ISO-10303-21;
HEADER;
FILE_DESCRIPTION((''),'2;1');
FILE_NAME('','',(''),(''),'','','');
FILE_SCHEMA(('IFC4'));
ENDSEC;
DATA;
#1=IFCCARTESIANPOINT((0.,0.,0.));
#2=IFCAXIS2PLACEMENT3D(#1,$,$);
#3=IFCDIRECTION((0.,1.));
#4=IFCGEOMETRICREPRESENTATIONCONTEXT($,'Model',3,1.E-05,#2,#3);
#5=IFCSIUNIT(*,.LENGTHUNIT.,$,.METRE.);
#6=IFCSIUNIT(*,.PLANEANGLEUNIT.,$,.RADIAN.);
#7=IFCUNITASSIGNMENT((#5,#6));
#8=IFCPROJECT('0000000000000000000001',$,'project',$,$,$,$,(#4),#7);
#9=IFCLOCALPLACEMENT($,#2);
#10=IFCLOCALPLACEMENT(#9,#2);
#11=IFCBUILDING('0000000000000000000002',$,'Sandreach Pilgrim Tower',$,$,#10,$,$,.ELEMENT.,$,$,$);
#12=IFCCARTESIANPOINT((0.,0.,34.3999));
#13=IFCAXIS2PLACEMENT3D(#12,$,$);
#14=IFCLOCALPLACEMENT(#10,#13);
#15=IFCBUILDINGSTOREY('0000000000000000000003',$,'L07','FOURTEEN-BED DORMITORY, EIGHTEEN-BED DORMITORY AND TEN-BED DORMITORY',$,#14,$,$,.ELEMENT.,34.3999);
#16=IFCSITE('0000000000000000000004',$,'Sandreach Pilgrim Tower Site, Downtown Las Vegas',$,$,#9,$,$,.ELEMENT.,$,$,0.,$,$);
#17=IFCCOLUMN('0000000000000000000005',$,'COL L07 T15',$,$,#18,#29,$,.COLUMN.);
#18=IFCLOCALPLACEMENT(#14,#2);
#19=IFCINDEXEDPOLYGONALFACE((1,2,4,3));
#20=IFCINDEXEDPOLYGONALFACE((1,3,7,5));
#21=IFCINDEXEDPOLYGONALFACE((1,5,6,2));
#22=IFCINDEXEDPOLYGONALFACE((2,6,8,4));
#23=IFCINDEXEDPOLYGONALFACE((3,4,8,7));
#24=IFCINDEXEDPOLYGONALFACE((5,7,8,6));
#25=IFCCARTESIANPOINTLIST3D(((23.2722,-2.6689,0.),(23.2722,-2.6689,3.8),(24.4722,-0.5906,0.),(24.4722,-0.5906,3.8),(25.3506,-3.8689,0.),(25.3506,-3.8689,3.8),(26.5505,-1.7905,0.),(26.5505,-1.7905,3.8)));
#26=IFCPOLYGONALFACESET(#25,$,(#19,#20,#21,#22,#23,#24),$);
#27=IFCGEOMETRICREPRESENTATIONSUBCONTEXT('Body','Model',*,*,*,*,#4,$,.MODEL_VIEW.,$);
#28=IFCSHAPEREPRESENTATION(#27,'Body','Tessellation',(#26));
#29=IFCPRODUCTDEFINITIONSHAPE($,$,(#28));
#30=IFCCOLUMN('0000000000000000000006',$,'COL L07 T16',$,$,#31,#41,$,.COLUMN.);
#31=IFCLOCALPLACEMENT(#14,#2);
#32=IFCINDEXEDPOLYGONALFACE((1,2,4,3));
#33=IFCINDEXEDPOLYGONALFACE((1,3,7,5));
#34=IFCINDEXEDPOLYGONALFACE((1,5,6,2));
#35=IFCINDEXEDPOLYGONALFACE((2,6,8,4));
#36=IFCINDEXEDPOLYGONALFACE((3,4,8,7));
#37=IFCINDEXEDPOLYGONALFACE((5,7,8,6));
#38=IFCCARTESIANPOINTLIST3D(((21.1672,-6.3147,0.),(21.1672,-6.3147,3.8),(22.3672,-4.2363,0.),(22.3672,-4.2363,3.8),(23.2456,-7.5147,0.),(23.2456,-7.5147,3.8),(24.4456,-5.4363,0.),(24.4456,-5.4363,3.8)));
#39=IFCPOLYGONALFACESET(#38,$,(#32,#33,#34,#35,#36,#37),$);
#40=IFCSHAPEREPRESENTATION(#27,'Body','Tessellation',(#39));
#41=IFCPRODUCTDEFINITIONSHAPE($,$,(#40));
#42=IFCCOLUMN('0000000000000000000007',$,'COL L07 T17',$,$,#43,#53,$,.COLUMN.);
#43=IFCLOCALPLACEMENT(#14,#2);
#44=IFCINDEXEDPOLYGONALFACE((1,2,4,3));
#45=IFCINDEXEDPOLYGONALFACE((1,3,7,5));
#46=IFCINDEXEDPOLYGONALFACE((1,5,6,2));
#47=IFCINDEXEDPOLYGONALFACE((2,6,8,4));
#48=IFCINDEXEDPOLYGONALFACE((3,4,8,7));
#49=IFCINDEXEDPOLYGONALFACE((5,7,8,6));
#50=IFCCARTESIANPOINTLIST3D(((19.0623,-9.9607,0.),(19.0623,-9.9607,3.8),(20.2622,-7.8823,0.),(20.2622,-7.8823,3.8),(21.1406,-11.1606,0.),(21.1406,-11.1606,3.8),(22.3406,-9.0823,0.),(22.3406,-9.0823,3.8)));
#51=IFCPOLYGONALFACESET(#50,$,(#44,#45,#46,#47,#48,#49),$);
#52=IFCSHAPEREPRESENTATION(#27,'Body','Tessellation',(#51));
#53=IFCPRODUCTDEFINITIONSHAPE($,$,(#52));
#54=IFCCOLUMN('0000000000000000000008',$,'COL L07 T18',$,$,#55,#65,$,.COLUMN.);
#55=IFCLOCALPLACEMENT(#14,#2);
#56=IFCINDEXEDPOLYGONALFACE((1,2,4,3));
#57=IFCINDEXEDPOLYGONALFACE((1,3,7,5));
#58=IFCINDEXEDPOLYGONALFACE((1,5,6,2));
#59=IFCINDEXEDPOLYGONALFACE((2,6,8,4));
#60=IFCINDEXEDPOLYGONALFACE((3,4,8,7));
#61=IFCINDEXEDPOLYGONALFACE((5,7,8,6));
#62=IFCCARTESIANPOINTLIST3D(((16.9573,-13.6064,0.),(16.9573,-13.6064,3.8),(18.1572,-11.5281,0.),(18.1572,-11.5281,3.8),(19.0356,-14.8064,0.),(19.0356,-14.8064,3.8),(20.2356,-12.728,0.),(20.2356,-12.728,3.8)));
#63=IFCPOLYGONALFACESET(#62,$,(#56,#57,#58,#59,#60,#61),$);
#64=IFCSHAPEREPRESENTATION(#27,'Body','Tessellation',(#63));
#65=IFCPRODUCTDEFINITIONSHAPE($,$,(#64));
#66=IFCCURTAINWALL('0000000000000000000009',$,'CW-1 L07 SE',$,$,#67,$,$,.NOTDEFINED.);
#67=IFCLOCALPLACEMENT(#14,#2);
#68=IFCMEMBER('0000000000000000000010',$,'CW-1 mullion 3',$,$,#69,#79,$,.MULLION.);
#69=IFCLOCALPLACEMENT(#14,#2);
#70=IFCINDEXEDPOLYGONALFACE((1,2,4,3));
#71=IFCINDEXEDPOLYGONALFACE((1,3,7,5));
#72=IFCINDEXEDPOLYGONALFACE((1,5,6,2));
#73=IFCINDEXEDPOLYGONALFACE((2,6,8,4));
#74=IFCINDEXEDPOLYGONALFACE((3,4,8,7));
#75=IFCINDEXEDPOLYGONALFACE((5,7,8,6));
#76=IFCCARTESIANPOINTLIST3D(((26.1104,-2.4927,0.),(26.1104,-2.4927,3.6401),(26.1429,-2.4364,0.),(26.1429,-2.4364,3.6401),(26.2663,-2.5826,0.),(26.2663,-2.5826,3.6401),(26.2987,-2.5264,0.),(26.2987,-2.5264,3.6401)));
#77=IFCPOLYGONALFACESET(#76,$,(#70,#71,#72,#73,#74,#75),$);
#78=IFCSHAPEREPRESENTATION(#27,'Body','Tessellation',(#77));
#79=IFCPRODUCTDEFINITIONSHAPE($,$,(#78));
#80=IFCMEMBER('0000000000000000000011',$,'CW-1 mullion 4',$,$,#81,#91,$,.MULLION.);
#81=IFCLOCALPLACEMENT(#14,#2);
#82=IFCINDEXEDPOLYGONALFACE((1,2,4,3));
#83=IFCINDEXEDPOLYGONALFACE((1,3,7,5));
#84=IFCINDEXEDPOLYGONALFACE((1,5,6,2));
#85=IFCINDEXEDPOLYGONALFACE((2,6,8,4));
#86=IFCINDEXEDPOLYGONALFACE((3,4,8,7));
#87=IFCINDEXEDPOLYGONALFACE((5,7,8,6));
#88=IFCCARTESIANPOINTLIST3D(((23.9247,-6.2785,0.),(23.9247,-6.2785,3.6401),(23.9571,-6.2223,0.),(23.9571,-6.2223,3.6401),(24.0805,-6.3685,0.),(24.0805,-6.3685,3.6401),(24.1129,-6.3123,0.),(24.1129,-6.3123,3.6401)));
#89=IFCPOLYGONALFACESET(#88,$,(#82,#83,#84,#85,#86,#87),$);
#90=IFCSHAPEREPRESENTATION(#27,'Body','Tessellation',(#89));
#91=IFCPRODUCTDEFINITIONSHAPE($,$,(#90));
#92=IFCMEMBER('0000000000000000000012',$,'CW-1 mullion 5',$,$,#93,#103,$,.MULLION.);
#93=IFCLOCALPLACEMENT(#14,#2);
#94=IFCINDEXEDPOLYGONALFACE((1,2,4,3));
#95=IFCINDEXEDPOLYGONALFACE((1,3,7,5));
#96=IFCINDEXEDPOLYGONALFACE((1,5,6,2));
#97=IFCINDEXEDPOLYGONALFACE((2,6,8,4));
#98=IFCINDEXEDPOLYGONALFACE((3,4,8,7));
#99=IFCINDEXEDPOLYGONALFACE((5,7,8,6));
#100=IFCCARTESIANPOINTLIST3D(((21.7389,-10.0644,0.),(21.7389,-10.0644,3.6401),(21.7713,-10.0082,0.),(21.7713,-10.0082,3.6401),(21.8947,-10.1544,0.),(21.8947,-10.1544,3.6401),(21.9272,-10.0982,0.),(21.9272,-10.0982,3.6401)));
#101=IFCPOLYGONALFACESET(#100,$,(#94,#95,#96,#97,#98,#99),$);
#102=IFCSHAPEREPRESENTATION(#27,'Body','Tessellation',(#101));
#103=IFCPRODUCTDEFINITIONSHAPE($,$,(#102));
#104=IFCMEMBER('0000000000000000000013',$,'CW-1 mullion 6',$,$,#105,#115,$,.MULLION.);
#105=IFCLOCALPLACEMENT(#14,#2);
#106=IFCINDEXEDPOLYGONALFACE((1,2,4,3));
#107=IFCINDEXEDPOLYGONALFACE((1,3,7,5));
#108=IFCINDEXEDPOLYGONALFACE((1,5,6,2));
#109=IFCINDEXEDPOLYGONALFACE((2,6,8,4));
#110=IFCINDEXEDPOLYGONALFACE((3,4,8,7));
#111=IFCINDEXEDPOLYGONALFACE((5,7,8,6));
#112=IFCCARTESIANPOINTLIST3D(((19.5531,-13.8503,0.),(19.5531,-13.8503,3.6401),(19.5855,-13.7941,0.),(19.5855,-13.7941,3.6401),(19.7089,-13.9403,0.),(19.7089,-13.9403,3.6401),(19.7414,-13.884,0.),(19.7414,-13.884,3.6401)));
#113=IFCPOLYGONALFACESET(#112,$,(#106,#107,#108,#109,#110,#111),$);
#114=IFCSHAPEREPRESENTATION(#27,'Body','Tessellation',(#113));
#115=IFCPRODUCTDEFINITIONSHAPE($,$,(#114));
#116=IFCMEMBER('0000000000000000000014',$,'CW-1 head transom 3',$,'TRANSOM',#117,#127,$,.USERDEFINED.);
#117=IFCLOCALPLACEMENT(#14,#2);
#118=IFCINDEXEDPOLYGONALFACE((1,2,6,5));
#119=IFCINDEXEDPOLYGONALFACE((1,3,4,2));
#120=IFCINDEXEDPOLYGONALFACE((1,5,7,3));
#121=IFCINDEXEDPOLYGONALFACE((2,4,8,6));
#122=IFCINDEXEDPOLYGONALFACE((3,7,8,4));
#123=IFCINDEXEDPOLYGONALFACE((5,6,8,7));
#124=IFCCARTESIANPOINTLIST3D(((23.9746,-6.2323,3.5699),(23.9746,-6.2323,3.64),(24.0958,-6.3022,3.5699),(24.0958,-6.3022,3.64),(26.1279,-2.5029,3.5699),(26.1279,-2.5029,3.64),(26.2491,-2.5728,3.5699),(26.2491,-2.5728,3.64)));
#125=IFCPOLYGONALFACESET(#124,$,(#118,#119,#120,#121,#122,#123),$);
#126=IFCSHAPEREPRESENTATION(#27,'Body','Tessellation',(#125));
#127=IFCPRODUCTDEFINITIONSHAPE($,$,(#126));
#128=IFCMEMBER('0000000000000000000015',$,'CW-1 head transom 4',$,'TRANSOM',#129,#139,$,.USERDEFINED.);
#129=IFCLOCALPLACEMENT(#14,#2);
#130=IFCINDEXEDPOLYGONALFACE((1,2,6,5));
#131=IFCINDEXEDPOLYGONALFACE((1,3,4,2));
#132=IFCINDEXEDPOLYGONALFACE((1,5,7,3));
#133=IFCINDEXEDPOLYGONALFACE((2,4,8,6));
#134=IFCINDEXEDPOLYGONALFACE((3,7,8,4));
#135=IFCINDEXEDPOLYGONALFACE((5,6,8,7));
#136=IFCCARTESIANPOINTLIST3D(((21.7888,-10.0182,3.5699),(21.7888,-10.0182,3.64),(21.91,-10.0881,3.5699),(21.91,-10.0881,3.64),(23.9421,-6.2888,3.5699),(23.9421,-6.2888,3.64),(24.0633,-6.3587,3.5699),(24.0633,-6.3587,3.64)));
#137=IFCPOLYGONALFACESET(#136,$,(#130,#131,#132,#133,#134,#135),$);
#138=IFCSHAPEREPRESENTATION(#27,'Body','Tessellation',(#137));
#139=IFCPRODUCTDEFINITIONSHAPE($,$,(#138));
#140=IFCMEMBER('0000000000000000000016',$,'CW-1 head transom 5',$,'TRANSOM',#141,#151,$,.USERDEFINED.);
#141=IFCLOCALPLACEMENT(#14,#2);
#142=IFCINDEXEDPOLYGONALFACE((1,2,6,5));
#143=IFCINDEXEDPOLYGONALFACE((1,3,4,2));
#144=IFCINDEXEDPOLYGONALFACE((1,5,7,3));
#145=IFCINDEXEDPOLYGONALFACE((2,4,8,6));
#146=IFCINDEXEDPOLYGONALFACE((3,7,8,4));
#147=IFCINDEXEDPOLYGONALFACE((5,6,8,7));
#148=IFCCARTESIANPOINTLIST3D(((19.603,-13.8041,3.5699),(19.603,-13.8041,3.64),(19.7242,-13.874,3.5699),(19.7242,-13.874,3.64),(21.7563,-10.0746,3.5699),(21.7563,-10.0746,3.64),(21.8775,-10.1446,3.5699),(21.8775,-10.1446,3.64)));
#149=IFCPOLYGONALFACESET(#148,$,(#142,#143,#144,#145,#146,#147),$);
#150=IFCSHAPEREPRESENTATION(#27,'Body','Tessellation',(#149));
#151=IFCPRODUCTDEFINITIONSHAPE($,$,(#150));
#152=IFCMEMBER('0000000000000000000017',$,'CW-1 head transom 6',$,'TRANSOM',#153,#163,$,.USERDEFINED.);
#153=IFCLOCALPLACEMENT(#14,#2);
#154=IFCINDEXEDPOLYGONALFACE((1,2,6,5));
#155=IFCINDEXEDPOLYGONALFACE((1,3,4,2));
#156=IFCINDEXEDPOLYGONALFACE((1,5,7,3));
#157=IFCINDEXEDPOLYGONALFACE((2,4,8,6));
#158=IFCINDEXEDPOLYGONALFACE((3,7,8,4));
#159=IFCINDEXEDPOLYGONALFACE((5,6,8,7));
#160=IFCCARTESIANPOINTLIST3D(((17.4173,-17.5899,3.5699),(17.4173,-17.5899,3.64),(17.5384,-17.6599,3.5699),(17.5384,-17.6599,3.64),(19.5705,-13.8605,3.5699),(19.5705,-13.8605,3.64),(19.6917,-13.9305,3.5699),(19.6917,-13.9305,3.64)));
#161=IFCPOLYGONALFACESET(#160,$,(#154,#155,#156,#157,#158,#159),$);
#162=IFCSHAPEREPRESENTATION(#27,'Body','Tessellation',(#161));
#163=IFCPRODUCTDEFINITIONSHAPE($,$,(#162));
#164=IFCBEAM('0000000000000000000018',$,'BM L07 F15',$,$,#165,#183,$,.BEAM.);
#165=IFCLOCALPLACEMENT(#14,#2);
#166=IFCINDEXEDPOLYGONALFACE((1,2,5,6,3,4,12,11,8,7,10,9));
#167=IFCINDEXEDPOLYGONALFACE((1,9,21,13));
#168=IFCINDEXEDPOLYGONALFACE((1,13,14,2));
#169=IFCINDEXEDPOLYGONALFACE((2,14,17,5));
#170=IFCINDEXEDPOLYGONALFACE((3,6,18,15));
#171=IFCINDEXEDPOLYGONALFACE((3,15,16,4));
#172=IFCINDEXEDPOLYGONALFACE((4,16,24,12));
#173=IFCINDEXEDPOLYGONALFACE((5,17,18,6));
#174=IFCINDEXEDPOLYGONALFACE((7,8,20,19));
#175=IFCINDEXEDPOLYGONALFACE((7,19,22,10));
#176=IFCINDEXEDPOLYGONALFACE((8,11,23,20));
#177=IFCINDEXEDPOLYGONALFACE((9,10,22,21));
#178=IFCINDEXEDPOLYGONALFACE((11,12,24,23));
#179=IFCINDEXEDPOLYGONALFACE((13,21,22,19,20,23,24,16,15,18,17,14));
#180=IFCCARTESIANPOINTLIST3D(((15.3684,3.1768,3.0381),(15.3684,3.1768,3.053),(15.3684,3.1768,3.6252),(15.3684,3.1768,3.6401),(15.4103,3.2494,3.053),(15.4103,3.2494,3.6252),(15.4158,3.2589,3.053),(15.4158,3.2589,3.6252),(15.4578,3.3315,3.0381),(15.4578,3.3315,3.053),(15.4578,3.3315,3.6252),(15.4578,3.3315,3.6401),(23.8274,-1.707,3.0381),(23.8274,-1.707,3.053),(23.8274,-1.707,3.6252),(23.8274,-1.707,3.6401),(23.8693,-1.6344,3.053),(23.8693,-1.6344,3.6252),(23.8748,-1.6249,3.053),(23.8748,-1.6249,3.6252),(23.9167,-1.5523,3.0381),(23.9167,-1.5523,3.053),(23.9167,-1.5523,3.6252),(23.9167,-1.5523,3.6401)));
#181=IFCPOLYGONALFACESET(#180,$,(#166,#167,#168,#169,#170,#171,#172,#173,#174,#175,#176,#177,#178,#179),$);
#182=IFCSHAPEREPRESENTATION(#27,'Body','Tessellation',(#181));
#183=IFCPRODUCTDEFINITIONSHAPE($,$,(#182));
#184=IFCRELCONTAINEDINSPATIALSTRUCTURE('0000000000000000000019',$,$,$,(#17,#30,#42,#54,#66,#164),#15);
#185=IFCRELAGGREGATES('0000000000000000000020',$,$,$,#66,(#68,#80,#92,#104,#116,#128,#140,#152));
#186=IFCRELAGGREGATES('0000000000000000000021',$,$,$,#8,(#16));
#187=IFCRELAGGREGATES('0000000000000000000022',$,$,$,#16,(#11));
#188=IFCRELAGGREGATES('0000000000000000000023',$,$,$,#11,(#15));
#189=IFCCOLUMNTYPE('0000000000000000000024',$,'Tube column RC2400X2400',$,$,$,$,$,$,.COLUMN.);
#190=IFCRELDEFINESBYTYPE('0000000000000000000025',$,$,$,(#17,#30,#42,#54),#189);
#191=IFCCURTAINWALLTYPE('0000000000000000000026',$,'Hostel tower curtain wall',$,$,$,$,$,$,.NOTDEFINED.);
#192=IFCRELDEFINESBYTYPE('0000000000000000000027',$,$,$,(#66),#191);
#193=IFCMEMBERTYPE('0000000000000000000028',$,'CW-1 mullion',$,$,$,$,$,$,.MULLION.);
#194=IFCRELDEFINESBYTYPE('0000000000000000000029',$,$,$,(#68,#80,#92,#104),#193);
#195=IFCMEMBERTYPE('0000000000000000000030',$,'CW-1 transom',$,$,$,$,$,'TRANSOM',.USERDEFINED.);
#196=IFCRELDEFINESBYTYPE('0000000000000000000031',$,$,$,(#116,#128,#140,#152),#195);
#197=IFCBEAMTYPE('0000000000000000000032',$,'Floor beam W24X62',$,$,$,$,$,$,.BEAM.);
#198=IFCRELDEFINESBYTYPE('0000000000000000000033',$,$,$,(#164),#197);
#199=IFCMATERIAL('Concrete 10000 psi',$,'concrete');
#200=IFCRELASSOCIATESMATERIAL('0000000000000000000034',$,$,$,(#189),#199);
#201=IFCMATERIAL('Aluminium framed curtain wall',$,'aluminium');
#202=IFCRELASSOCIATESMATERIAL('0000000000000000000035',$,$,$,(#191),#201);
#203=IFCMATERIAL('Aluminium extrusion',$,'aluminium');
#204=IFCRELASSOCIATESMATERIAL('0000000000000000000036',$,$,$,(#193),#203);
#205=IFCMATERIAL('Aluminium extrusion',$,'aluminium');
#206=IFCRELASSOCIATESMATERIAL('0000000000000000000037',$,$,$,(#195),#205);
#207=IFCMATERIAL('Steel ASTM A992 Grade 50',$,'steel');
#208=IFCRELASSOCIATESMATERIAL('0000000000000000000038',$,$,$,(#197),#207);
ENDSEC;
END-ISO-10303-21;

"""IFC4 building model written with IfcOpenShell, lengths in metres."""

from ifc_helpers import new_model, si_unit, direction, frame, origin, origin_2d, place, context, subcontext, project, spatial, rectangle, i_section, extrude, material, material_profile, profile_set, type_object, element, aggregate, save


model = new_model("IFC4")

# Units and contexts
model_context = context("Model", 3, precision=1e-05, world=origin(), true_north=direction((0.0, 1.0)))
body_context = subcontext(model_context, "Body", "Model", "MODEL_VIEW")
ifc_project = project(units=[si_unit("LENGTHUNIT", "METRE"), si_unit("PLANEANGLEUNIT", "RADIAN")], contexts=[model_context])

# Site, building, storey
site_placement = place(None, origin())
site = spatial("IfcSite", under=ifc_project, at=site_placement, Name="Sandreach Pilgrim Tower Site, Downtown Las Vegas", CompositionType="ELEMENT", RefElevation=0.0)
building_placement = place(site_placement, origin())
building = spatial("IfcBuilding", under=site, at=building_placement, Name="Sandreach Pilgrim Tower", CompositionType="ELEMENT")
storey_placement = place(building_placement, frame((0.0, 0.0, 34.3999)))
storey = spatial("IfcBuildingStorey", under=building, at=storey_placement, Name="L07", Description="FOURTEEN-BED DORMITORY, EIGHTEEN-BED DORMITORY AND TEN-BED DORMITORY", CompositionType="ELEMENT", Elevation=34.3999)

# Columns
ifc_material_1 = material(Name="Concrete 10000 psi", Category="concrete")
ifc_material_profile_1 = material_profile(ifc_material_1, rectangle(XDim=2.3999, YDim=2.3999, at=origin_2d()), Name="RC2400X2400")
ifc_profile_set_1 = profile_set([ifc_material_profile_1], Name="Concrete 10000 psi")
column_type = type_object("IfcColumnType", Name="Tube column RC2400X2400", PredefinedType="COLUMN", material=ifc_profile_set_1)
for number, where, z_axis, x_axis, name in (
    (1, (24.9114, -2.2297, 0.0), (0.0, 0.0, 1.0), (0.866025, -0.5, 0.0), "COL L07 T15"),
    (2, (22.8064, -5.8755, 0.0), (0.0, 0.0, 1.0), (0.866025, -0.5, 0.0), "COL L07 T16"),
    (3, (20.7014, -9.5215, 0.0), (0.0, 0.0, 1.0), (0.866025, -0.5, 0.0), "COL L07 T17"),
    (4, (18.5964, -13.1672, 0.0), (0.0, 0.0, 1.0), (0.866025, -0.5, 0.0), "COL L07 T18"),
):
    element("IfcColumn", number, at=place(storey_placement, frame(where, z_axis=z_axis, x_axis=x_axis)), inside=storey, type_object=column_type, Name=name, PredefinedType="COLUMN", context=body_context, shape_type="SweptSolid", body=[
        extrude(rectangle(XDim=2.3999, YDim=2.3999, at=origin_2d()), origin(), (0.0, 0.0, 1.0), 3.8),
    ])

# Curtain wall, members
ifc_material_2 = material(Name="Aluminium framed curtain wall", Category="aluminium")
curtain_wall_type = type_object("IfcCurtainWallType", Name="Hostel tower curtain wall", PredefinedType="NOTDEFINED", material=ifc_material_2)
curtain_wall_placement = place(storey_placement, origin())
curtain_wall = element("IfcCurtainWall", 5, at=curtain_wall_placement, inside=storey, type_object=curtain_wall_type, Name="CW-1 L07 SE", PredefinedType="NOTDEFINED")
ifc_material_3 = material(Name="Aluminium extrusion", Category="aluminium")
ifc_material_profile_2 = material_profile(ifc_material_3, rectangle(XDim=0.0649, YDim=0.1799, at=origin_2d()), Name="CW-1M 65X180")
ifc_profile_set_2 = profile_set([ifc_material_profile_2], Name="Aluminium extrusion")
member_type_1 = type_object("IfcMemberType", Name="CW-1 mullion", PredefinedType="MULLION", material=ifc_profile_set_2)
member_1_placement = place(storey_placement, frame((26.2046, -2.5095, 0.0), z_axis=(0.0, 0.0, 1.0), x_axis=(-0.5, -0.866025, 0.0)))
member_1 = element("IfcMember", 6, at=member_1_placement, type_object=member_type_1, Name="CW-1 mullion 3", PredefinedType="MULLION", context=body_context, shape_type="SweptSolid", body=[
    extrude(rectangle(XDim=0.0649, YDim=0.1799, at=origin_2d()), origin(), (0.0, 0.0, 1.0), 3.6401),
])
member_2_placement = place(storey_placement, frame((24.0188, -6.2954, 0.0), z_axis=(0.0, 0.0, 1.0), x_axis=(-0.5, -0.866025, 0.0)))
member_2 = element("IfcMember", 7, at=member_2_placement, type_object=member_type_1, Name="CW-1 mullion 4", PredefinedType="MULLION", context=body_context, shape_type="SweptSolid", body=[
    extrude(rectangle(XDim=0.0649, YDim=0.1799, at=origin_2d()), origin(), (0.0, 0.0, 1.0), 3.6401),
])
member_3_placement = place(storey_placement, frame((21.833, -10.0813, 0.0), z_axis=(0.0, 0.0, 1.0), x_axis=(-0.5, -0.866025, 0.0)))
member_3 = element("IfcMember", 8, at=member_3_placement, type_object=member_type_1, Name="CW-1 mullion 5", PredefinedType="MULLION", context=body_context, shape_type="SweptSolid", body=[
    extrude(rectangle(XDim=0.0649, YDim=0.1799, at=origin_2d()), origin(), (0.0, 0.0, 1.0), 3.6401),
])
member_4_placement = place(storey_placement, frame((19.6472, -13.8672, 0.0), z_axis=(0.0, 0.0, 1.0), x_axis=(-0.5, -0.866025, 0.0)))
member_4 = element("IfcMember", 9, at=member_4_placement, type_object=member_type_1, Name="CW-1 mullion 6", PredefinedType="MULLION", context=body_context, shape_type="SweptSolid", body=[
    extrude(rectangle(XDim=0.0649, YDim=0.1799, at=origin_2d()), origin(), (0.0, 0.0, 1.0), 3.6401),
])
ifc_material_4 = material(Name="Aluminium extrusion", Category="aluminium")
ifc_material_profile_3 = material_profile(ifc_material_4, rectangle(XDim=0.1399, YDim=0.0701, at=origin_2d()), Name="CW-1T 140X70")
ifc_profile_set_3 = profile_set([ifc_material_profile_3], Name="Aluminium extrusion")
member_type_2 = type_object("IfcMemberType", Name="CW-1 transom", ElementType="TRANSOM", PredefinedType="USERDEFINED", material=ifc_profile_set_3)
member_5_placement = place(storey_placement, frame((26.1885, -2.5378, 3.605), z_axis=(-0.500017, -0.866016, 0.0), x_axis=(0.866016, -0.500017, 0.0)))
member_5 = element("IfcMember", 10, at=member_5_placement, type_object=member_type_2, Name="CW-1 head transom 3", ObjectType="TRANSOM", PredefinedType="USERDEFINED", context=body_context, shape_type="SweptSolid", body=[
    extrude(rectangle(XDim=0.1399, YDim=0.0701, at=origin_2d()), origin(), (0.0, 0.0, 1.0), 4.3064),
])
member_6_placement = place(storey_placement, frame((24.0027, -6.3237, 3.605), z_axis=(-0.500017, -0.866016, 0.0), x_axis=(0.866016, -0.500017, 0.0)))
member_6 = element("IfcMember", 11, at=member_6_placement, type_object=member_type_2, Name="CW-1 head transom 4", ObjectType="TRANSOM", PredefinedType="USERDEFINED", context=body_context, shape_type="SweptSolid", body=[
    extrude(rectangle(XDim=0.1399, YDim=0.0701, at=origin_2d()), origin(), (0.0, 0.0, 1.0), 4.3064),
])
member_7_placement = place(storey_placement, frame((21.8169, -10.1096, 3.605), z_axis=(-0.500017, -0.866016, 0.0), x_axis=(0.866016, -0.500017, 0.0)))
member_7 = element("IfcMember", 12, at=member_7_placement, type_object=member_type_2, Name="CW-1 head transom 5", ObjectType="TRANSOM", PredefinedType="USERDEFINED", context=body_context, shape_type="SweptSolid", body=[
    extrude(rectangle(XDim=0.1399, YDim=0.0701, at=origin_2d()), origin(), (0.0, 0.0, 1.0), 4.3064),
])
member_8_placement = place(storey_placement, frame((19.6311, -13.8955, 3.605), z_axis=(-0.500017, -0.866016, 0.0), x_axis=(0.866016, -0.500017, 0.0)))
member_8 = element("IfcMember", 13, at=member_8_placement, type_object=member_type_2, Name="CW-1 head transom 6", ObjectType="TRANSOM", PredefinedType="USERDEFINED", context=body_context, shape_type="SweptSolid", body=[
    extrude(rectangle(XDim=0.1399, YDim=0.0701, at=origin_2d()), origin(), (0.0, 0.0, 1.0), 4.3064),
])

# Beam
ifc_material_5 = material(Name="Steel ASTM A992 Grade 50", Category="steel")
ifc_material_profile_4 = material_profile(ifc_material_5, i_section(OverallWidth=0.1787, OverallDepth=0.6021, WebThickness=0.011, FlangeThickness=0.0149, at=origin_2d()), Name="W24X62")
ifc_profile_set_4 = profile_set([ifc_material_profile_4], Name="Steel ASTM A992 Grade 50")
beam_type_1 = type_object("IfcBeamType", Name="Floor beam W24X62", PredefinedType="BEAM", material=ifc_profile_set_4)
beam_1_placement = place(storey_placement, frame((23.8721, -1.6296, 3.3391), z_axis=(-0.866026, 0.499999, 0.0), x_axis=(-0.499999, -0.866026, 0.0)))
element("IfcBeam", 14, at=beam_1_placement, inside=storey, type_object=beam_type_1, Name="BM L07 F15", PredefinedType="BEAM", context=body_context, shape_type="SweptSolid", body=[
    extrude(i_section(OverallWidth=0.1787, OverallDepth=0.6021, WebThickness=0.011, FlangeThickness=0.0149, at=origin_2d()), origin(), (0.0, 0.0, 1.0), 9.7676),
])

aggregate(curtain_wall, [member_1, member_2, member_3, member_4, member_5, member_6, member_7, member_8])

save(model, "model.ifc")
